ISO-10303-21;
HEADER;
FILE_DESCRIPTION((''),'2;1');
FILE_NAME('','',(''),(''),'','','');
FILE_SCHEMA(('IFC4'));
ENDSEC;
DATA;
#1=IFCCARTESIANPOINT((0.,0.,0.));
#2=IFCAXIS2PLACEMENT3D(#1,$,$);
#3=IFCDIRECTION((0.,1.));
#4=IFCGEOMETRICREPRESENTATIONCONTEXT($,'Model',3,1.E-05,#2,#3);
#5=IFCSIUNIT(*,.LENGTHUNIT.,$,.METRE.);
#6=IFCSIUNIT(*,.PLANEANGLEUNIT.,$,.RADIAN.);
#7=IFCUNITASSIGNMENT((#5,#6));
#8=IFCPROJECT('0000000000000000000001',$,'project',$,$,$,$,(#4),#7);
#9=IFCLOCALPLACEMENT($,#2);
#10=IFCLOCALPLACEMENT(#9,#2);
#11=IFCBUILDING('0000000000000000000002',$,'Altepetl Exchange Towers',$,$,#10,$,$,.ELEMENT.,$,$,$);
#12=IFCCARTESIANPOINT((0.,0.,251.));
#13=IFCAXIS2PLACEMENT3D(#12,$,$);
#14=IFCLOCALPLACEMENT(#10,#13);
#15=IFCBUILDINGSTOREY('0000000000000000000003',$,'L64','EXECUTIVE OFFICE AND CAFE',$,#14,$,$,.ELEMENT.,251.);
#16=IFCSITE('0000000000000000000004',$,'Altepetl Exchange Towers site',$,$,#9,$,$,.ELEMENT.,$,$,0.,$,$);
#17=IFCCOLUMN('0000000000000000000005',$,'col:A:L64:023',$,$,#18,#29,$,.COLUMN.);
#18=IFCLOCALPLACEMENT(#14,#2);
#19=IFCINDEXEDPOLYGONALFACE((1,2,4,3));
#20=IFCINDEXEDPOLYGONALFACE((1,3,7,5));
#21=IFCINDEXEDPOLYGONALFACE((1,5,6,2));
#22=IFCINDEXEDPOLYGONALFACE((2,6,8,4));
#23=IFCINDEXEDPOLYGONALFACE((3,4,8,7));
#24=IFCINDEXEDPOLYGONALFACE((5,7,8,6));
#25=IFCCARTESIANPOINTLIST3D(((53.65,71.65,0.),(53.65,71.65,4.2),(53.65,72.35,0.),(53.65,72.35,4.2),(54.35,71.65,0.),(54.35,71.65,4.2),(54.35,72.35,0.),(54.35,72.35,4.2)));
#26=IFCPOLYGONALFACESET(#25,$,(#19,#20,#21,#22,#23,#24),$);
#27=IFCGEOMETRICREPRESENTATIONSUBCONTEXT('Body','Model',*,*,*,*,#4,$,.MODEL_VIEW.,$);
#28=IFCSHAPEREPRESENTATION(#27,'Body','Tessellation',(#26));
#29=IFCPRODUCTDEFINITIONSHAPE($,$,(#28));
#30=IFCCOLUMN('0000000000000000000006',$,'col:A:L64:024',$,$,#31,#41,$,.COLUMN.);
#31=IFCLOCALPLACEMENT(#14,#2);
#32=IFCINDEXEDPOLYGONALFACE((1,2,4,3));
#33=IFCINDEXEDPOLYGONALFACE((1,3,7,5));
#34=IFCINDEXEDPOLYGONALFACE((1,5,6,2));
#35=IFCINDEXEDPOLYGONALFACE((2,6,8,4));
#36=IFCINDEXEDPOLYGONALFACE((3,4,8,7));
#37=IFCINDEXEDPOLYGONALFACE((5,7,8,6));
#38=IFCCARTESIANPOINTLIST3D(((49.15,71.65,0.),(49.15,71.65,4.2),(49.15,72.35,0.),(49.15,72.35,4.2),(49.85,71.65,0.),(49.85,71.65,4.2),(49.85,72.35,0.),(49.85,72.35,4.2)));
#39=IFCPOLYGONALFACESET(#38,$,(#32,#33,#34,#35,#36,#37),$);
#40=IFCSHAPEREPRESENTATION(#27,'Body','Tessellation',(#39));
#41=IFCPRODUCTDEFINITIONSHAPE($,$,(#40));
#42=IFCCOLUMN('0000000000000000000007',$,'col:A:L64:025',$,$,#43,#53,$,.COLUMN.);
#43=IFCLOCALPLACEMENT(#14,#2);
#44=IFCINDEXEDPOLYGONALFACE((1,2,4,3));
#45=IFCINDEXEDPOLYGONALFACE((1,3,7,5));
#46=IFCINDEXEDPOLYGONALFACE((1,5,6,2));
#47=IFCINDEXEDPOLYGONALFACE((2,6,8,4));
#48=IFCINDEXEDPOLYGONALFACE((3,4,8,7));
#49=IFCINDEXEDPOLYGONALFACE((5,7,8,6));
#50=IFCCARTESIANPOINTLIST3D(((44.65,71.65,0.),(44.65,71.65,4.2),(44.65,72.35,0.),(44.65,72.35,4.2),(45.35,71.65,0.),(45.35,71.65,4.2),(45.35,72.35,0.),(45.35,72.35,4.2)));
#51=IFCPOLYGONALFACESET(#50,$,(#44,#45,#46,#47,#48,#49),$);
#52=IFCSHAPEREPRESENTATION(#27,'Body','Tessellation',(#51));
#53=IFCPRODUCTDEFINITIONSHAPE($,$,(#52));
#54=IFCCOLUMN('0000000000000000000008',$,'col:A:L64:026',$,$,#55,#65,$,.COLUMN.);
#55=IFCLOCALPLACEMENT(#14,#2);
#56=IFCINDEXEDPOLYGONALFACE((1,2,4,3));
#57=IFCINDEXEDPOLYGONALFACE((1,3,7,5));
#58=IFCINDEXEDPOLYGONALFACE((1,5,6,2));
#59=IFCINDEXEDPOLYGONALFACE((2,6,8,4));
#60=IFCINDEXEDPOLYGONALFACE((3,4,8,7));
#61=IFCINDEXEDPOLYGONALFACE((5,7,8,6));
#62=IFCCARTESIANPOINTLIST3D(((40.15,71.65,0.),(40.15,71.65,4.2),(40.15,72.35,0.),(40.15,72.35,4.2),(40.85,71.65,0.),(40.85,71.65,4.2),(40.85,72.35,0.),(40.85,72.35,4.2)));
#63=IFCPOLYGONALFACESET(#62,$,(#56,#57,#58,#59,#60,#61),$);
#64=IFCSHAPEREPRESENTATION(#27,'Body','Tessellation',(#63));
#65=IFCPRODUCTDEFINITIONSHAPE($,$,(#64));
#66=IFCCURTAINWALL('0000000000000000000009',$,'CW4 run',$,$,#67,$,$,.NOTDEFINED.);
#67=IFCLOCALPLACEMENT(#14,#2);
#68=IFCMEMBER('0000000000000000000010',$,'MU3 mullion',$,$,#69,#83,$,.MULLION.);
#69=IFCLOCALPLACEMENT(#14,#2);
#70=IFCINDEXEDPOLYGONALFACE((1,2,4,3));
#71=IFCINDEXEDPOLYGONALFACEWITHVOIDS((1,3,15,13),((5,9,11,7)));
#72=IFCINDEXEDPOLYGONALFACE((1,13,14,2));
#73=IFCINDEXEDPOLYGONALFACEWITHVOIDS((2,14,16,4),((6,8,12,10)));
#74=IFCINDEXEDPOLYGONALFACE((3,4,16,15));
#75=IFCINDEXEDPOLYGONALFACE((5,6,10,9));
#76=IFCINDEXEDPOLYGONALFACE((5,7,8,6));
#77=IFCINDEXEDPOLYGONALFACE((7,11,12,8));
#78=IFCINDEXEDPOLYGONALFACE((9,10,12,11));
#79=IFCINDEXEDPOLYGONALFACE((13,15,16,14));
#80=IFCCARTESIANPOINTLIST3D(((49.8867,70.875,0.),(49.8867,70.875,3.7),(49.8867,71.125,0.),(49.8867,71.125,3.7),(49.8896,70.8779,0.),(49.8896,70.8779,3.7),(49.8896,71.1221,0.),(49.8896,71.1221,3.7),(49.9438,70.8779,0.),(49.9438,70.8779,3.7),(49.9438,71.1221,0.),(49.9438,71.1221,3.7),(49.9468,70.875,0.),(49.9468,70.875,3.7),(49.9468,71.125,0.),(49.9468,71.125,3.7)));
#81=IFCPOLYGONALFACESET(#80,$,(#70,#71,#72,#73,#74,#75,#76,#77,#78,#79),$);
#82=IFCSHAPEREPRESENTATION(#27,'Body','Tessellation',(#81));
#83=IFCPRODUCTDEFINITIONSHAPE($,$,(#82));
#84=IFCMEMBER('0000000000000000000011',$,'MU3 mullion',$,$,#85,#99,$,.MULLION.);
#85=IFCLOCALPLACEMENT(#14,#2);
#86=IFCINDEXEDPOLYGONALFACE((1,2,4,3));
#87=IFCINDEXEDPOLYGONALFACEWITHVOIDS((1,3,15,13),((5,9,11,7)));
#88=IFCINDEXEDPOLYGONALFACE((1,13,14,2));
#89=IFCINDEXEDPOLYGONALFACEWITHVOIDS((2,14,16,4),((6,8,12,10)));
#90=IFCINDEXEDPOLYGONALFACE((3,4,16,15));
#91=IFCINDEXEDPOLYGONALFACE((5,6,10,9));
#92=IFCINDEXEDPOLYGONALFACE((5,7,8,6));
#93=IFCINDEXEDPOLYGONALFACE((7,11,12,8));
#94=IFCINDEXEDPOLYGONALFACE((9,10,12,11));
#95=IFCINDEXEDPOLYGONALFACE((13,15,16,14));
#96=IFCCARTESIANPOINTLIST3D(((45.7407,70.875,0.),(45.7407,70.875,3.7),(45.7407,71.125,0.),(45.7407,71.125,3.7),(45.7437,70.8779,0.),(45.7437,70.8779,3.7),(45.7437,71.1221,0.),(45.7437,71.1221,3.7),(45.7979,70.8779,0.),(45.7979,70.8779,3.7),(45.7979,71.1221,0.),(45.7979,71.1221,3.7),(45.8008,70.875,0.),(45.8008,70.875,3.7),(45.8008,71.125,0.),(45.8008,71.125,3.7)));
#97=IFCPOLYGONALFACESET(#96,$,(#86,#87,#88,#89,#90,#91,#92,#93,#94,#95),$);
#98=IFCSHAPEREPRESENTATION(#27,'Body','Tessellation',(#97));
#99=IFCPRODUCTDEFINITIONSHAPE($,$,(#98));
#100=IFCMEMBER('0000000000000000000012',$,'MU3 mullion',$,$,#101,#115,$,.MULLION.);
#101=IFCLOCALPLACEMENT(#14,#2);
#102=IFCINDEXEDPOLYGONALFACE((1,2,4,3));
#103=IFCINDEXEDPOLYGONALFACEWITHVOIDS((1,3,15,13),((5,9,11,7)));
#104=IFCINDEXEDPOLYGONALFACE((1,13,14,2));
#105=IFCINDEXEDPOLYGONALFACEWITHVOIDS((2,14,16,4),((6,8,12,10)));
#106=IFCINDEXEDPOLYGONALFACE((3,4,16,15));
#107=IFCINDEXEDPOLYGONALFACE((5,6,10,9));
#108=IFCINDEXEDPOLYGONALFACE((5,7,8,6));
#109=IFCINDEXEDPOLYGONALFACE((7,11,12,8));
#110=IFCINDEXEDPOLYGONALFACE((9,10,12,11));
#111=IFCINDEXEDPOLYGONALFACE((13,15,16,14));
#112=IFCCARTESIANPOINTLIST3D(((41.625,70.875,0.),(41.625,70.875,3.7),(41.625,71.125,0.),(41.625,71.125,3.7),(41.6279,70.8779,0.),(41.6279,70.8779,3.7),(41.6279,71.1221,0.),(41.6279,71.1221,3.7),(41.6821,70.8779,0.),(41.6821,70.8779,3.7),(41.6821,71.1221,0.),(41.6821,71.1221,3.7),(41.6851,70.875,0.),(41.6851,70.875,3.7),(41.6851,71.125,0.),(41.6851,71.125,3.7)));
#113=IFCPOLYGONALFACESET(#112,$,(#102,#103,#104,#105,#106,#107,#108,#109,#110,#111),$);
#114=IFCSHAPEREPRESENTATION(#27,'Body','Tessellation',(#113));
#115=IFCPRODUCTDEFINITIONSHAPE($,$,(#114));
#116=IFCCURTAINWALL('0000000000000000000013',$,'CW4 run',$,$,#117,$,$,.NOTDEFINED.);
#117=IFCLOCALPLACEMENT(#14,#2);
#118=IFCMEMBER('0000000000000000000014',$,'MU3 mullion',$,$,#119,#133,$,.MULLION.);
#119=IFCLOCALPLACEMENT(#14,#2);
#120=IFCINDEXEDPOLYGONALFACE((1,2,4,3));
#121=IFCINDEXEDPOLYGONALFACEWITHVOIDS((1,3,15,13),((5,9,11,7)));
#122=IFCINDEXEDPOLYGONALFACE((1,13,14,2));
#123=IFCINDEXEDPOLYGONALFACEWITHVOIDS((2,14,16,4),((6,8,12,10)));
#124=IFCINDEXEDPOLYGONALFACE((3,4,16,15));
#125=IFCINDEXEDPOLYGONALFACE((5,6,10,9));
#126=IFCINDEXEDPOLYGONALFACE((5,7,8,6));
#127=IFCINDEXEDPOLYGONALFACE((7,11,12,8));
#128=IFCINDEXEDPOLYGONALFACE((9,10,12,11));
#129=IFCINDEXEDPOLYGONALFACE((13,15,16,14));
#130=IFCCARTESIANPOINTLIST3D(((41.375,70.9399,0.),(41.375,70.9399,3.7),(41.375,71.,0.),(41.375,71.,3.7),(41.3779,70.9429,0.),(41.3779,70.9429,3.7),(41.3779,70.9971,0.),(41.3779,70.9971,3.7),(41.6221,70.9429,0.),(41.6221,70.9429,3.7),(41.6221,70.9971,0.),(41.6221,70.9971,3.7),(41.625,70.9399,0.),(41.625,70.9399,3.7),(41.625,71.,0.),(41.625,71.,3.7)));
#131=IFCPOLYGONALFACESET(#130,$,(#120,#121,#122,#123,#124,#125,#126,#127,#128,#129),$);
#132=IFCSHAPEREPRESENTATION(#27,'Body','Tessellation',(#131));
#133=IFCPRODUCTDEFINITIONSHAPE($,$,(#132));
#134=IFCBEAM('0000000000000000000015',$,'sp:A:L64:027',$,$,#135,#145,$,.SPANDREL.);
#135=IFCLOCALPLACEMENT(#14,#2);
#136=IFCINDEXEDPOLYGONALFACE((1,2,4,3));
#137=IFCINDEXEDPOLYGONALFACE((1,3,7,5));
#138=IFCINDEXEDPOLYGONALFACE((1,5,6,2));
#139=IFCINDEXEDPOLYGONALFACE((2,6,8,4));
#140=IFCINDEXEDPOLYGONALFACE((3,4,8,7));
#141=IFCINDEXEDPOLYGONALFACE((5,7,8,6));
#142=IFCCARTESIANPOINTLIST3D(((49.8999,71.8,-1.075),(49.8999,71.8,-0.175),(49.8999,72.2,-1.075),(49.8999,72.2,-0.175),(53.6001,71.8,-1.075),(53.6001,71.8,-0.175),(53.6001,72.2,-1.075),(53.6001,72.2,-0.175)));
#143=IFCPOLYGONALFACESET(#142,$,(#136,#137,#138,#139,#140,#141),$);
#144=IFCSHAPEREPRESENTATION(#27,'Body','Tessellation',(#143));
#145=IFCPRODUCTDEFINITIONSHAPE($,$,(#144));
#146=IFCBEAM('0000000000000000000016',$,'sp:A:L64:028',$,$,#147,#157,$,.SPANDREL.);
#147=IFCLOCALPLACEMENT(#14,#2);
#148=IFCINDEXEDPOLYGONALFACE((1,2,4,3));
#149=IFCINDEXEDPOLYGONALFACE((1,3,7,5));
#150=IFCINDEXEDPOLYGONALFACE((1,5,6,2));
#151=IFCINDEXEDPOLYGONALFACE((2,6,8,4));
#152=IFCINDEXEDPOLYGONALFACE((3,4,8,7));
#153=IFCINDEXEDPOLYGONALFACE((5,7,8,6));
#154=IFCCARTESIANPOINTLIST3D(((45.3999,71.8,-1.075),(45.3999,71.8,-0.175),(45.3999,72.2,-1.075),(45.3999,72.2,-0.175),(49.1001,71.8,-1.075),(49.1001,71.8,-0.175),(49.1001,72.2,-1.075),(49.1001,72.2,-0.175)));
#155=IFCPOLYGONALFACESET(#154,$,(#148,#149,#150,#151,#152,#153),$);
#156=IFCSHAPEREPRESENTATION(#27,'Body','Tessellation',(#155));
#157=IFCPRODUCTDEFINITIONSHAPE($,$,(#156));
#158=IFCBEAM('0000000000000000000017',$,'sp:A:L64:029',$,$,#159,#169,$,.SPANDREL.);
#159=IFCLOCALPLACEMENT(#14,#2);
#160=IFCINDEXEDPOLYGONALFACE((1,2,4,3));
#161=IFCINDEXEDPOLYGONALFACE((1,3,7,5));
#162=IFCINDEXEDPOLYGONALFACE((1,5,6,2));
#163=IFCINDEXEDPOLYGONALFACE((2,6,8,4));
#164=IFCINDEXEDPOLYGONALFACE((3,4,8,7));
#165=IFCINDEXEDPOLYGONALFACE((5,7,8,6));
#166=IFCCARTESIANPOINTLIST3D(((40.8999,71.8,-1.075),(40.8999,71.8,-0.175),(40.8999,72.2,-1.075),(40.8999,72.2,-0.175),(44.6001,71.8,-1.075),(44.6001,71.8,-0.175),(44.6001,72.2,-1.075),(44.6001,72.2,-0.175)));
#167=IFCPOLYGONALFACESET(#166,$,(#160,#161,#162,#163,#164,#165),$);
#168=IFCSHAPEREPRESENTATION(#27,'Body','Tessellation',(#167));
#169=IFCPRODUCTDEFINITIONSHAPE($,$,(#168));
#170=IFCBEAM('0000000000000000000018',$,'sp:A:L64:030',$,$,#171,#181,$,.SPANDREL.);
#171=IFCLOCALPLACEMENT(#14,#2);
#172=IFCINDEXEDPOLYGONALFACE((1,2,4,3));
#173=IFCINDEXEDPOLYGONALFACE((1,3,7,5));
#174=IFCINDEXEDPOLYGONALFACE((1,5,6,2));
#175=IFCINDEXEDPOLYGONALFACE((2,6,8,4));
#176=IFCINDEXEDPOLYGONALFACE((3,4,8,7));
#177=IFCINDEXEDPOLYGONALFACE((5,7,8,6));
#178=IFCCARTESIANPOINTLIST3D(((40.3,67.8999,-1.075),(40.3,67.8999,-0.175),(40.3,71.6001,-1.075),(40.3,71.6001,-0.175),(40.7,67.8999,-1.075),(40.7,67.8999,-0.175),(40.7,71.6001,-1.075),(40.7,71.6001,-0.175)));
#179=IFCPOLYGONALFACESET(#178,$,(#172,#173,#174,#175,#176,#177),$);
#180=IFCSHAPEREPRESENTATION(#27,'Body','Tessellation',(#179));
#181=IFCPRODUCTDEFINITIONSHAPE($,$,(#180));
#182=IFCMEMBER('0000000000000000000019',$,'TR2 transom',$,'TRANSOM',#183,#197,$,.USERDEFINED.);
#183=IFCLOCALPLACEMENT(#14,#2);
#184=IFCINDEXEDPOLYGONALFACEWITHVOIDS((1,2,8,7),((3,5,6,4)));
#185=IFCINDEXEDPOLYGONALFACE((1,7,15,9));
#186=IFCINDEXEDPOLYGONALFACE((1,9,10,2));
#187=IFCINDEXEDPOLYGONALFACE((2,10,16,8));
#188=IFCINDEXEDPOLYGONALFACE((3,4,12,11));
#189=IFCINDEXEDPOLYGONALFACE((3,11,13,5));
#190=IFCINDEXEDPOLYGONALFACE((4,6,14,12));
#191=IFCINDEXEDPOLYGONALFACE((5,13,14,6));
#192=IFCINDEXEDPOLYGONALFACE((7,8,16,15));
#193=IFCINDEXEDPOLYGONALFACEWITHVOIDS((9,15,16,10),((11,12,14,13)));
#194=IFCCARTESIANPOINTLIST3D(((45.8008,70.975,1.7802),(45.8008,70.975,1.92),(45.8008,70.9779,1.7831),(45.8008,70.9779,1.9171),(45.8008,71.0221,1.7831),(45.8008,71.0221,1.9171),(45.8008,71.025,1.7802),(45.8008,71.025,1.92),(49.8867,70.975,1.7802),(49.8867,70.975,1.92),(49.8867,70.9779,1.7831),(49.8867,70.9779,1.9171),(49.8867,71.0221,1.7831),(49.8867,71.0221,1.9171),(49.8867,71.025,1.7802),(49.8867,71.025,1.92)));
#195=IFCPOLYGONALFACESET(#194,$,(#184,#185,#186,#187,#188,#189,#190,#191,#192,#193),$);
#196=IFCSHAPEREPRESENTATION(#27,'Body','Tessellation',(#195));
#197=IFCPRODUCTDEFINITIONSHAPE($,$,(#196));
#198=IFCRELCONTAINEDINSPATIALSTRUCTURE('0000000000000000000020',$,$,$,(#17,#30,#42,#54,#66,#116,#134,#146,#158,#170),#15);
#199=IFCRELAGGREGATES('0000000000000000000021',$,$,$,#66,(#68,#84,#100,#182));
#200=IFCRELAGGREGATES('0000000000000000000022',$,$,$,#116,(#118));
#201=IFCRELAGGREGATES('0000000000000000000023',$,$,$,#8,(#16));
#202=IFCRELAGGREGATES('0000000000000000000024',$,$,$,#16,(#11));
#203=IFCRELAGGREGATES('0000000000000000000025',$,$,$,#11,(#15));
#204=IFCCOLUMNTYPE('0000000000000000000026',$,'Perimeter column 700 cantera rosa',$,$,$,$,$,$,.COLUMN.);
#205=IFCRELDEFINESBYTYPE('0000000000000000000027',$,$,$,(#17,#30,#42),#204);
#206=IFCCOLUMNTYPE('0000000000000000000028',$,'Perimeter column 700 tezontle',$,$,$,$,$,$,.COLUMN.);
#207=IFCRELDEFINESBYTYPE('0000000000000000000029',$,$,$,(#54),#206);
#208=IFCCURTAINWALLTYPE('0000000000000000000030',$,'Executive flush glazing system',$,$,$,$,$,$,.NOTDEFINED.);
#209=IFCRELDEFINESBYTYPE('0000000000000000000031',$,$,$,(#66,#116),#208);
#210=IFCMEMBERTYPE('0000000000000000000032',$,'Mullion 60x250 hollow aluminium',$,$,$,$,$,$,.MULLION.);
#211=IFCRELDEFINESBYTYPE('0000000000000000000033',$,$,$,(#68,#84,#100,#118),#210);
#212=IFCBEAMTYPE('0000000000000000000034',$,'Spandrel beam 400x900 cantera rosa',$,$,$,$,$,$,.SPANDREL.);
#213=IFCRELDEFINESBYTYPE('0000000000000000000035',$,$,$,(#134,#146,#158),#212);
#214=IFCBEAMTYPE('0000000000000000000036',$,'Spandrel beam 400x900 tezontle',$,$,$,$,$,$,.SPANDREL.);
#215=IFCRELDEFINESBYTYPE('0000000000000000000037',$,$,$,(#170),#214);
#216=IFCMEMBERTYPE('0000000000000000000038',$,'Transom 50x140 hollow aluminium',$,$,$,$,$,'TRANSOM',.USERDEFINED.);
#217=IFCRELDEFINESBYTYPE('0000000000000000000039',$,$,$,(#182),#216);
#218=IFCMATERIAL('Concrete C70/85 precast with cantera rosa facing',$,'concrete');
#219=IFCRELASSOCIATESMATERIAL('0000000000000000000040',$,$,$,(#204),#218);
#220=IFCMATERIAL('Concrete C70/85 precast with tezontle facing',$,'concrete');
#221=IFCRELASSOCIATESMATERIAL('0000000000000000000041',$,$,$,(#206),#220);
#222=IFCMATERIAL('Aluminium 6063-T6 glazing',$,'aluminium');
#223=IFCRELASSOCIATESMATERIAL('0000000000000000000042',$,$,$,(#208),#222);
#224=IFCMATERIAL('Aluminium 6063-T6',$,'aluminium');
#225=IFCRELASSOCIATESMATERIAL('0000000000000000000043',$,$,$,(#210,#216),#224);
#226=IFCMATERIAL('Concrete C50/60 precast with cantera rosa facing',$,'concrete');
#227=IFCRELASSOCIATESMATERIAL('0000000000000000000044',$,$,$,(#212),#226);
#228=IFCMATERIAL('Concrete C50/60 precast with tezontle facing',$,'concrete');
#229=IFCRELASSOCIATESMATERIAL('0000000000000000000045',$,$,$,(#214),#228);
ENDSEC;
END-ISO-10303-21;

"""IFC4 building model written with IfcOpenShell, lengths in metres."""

from ifc_helpers import new_model, si_unit, direction, frame, origin, origin_2d, place, context, subcontext, project, spatial, rectangle, hollow_rectangle, extrude, material, material_profile, profile_set, type_object, element, aggregate, save


model = new_model("IFC4")

# Units and contexts
model_context = context("Model", 3, precision=1e-05, world=origin(), true_north=direction((0.0, 1.0)))
body_context = subcontext(model_context, "Body", "Model", "MODEL_VIEW")
ifc_project = project(units=[si_unit("LENGTHUNIT", "METRE"), si_unit("PLANEANGLEUNIT", "RADIAN")], contexts=[model_context])

# Site, building, storey
site_placement = place(None, origin())
site = spatial("IfcSite", under=ifc_project, at=site_placement, Name="Altepetl Exchange Towers site", CompositionType="ELEMENT", RefElevation=0.0)
building_placement = place(site_placement, origin())
building = spatial("IfcBuilding", under=site, at=building_placement, Name="Altepetl Exchange Towers", CompositionType="ELEMENT")
storey_placement = place(building_placement, frame((0.0, 0.0, 251.0)))
storey = spatial("IfcBuildingStorey", under=building, at=storey_placement, Name="L64", Description="EXECUTIVE OFFICE AND CAFE", CompositionType="ELEMENT", Elevation=251.0)

# Columns
ifc_material_1 = material(Name="Concrete C70/85 precast with cantera rosa facing", Category="concrete")
ifc_material_profile_1 = material_profile(ifc_material_1, rectangle(XDim=0.7, YDim=0.7, at=origin_2d()), Name="700 x 700")
ifc_profile_set_1 = profile_set([ifc_material_profile_1], Name="Concrete C70/85 precast with cantera rosa facing")
column_type_1 = type_object("IfcColumnType", Name="Perimeter column 700 cantera rosa", PredefinedType="COLUMN", material=ifc_profile_set_1)
for number, where, name in (
    (1, (54.0, 72.0, 0.0), "col:A:L64:023"),
    (2, (49.5, 72.0, 0.0), "col:A:L64:024"),
    (3, (45.0, 72.0, 0.0), "col:A:L64:025"),
):
    element("IfcColumn", number, at=place(storey_placement, frame(where)), inside=storey, type_object=column_type_1, Name=name, PredefinedType="COLUMN", context=body_context, shape_type="SweptSolid", body=[
        extrude(rectangle(XDim=0.7, YDim=0.7, at=origin_2d()), origin(), (0.0, 0.0, 1.0), 4.2),
    ])
ifc_material_2 = material(Name="Concrete C70/85 precast with tezontle facing", Category="concrete")
ifc_material_profile_2 = material_profile(ifc_material_2, rectangle(XDim=0.7, YDim=0.7, at=origin_2d()), Name="700 x 700")
ifc_profile_set_2 = profile_set([ifc_material_profile_2], Name="Concrete C70/85 precast with tezontle facing")
column_type_2 = type_object("IfcColumnType", Name="Perimeter column 700 tezontle", PredefinedType="COLUMN", material=ifc_profile_set_2)
column_placement = place(storey_placement, frame((40.5, 72.0, 0.0)))
element("IfcColumn", 4, at=column_placement, inside=storey, type_object=column_type_2, Name="col:A:L64:026", PredefinedType="COLUMN", context=body_context, shape_type="SweptSolid", body=[
    extrude(rectangle(XDim=0.7, YDim=0.7, at=origin_2d()), origin(), (0.0, 0.0, 1.0), 4.2),
])

# Curtain wall, members
ifc_material_3 = material(Name="Aluminium 6063-T6 glazing", Category="aluminium")
curtain_wall_type = type_object("IfcCurtainWallType", Name="Executive flush glazing system", PredefinedType="NOTDEFINED", material=ifc_material_3)
curtain_wall_1_placement = place(storey_placement, origin())
curtain_wall_1 = element("IfcCurtainWall", 5, at=curtain_wall_1_placement, inside=storey, type_object=curtain_wall_type, Name="CW4 run", PredefinedType="NOTDEFINED")
ifc_material_4 = material(Name="Aluminium 6063-T6", Category="aluminium")
ifc_material_profile_3 = material_profile(ifc_material_4, hollow_rectangle(XDim=0.0601, YDim=0.25, WallThickness=0.0029, at=origin_2d()), Name="Mullion 60x250 hollow aluminium")
ifc_profile_set_3 = profile_set([ifc_material_profile_3], Name="Aluminium 6063-T6")
member_type_1 = type_object("IfcMemberType", Name="Mullion 60x250 hollow aluminium", PredefinedType="MULLION", material=ifc_profile_set_3)
member_1_placement = place(storey_placement, frame((49.9167, 71.0, 0.0), z_axis=(0.0, 0.0, 1.0), x_axis=(-1.0, 0.0, 0.0)))
member_1 = element("IfcMember", 6, at=member_1_placement, type_object=member_type_1, Name="MU3 mullion", PredefinedType="MULLION", context=body_context, shape_type="SweptSolid", body=[
    extrude(hollow_rectangle(XDim=0.0601, YDim=0.25, WallThickness=0.0029, at=origin_2d()), origin(), (0.0, 0.0, 1.0), 3.7),
])
member_2_placement = place(storey_placement, frame((45.7708, 71.0, 0.0), z_axis=(0.0, 0.0, 1.0), x_axis=(-1.0, 0.0, 0.0)))
member_2 = element("IfcMember", 7, at=member_2_placement, type_object=member_type_1, Name="MU3 mullion", PredefinedType="MULLION", context=body_context, shape_type="SweptSolid", body=[
    extrude(hollow_rectangle(XDim=0.0601, YDim=0.25, WallThickness=0.0029, at=origin_2d()), origin(), (0.0, 0.0, 1.0), 3.7),
])
member_3_placement = place(storey_placement, frame((41.655, 71.0, 0.0), z_axis=(0.0, 0.0, 1.0), x_axis=(-1.0, 0.0, 0.0)))
member_3 = element("IfcMember", 8, at=member_3_placement, type_object=member_type_1, Name="MU3 mullion", PredefinedType="MULLION", context=body_context, shape_type="SweptSolid", body=[
    extrude(hollow_rectangle(XDim=0.0601, YDim=0.25, WallThickness=0.0029, at=origin_2d()), origin(), (0.0, 0.0, 1.0), 3.7),
])

# Curtain wall, member
curtain_wall_2_placement = place(storey_placement, origin())
curtain_wall_2 = element("IfcCurtainWall", 9, at=curtain_wall_2_placement, inside=storey, type_object=curtain_wall_type, Name="CW4 run", PredefinedType="NOTDEFINED")
member_4_placement = place(storey_placement, frame((41.5, 70.97, 0.0), z_axis=(0.0, 0.0, 1.0), x_axis=(0.0, -1.0, 0.0)))
member_4 = element("IfcMember", 10, at=member_4_placement, type_object=member_type_1, Name="MU3 mullion", PredefinedType="MULLION", context=body_context, shape_type="SweptSolid", body=[
    extrude(hollow_rectangle(XDim=0.0601, YDim=0.25, WallThickness=0.0029, at=origin_2d()), origin(), (0.0, 0.0, 1.0), 3.7),
])

# Beams
ifc_material_5 = material(Name="Concrete C50/60 precast with cantera rosa facing", Category="concrete")
ifc_material_profile_4 = material_profile(ifc_material_5, rectangle(XDim=0.3999, YDim=0.8999, at=origin_2d()), Name="400 x 900")
ifc_profile_set_4 = profile_set([ifc_material_profile_4], Name="Concrete C50/60 precast with cantera rosa facing")
beam_type_1 = type_object("IfcBeamType", Name="Spandrel beam 400x900 cantera rosa", PredefinedType="SPANDREL", material=ifc_profile_set_4)
for number, where, z_axis, x_axis, name in (
    (11, (53.6001, 72.0, -0.625), (-1.0, 0.0, 0.0), (0.0, -1.0, 0.0), "sp:A:L64:027"),
    (12, (49.1001, 72.0, -0.625), (-1.0, 0.0, 0.0), (0.0, -1.0, 0.0), "sp:A:L64:028"),
    (13, (44.6001, 72.0, -0.625), (-1.0, 0.0, 0.0), (0.0, -1.0, 0.0), "sp:A:L64:029"),
):
    element("IfcBeam", number, at=place(storey_placement, frame(where, z_axis=z_axis, x_axis=x_axis)), inside=storey, type_object=beam_type_1, Name=name, PredefinedType="SPANDREL", context=body_context, shape_type="SweptSolid", body=[
        extrude(rectangle(XDim=0.3999, YDim=0.8999, at=origin_2d()), origin(), (0.0, 0.0, 1.0), 3.7002),
    ])
ifc_material_6 = material(Name="Concrete C50/60 precast with tezontle facing", Category="concrete")
ifc_material_profile_5 = material_profile(ifc_material_6, rectangle(XDim=0.3999, YDim=0.8999, at=origin_2d()), Name="400 x 900")
ifc_profile_set_5 = profile_set([ifc_material_profile_5], Name="Concrete C50/60 precast with tezontle facing")
beam_type_2 = type_object("IfcBeamType", Name="Spandrel beam 400x900 tezontle", PredefinedType="SPANDREL", material=ifc_profile_set_5)
beam_placement = place(storey_placement, frame((40.5, 71.6001, -0.625), z_axis=(0.0, -1.0, 0.0), x_axis=(1.0, 0.0, 0.0)))
element("IfcBeam", 14, at=beam_placement, inside=storey, type_object=beam_type_2, Name="sp:A:L64:030", PredefinedType="SPANDREL", context=body_context, shape_type="SweptSolid", body=[
    extrude(rectangle(XDim=0.3999, YDim=0.8999, at=origin_2d()), origin(), (0.0, 0.0, 1.0), 3.7002),
])

# Member
ifc_material_profile_6 = material_profile(ifc_material_4, hollow_rectangle(XDim=0.05, YDim=0.1399, WallThickness=0.0029, at=origin_2d()), Name="Transom 50x140 hollow aluminium")
ifc_profile_set_6 = profile_set([ifc_material_profile_6], Name="Aluminium 6063-T6")
member_type_2 = type_object("IfcMemberType", Name="Transom 50x140 hollow aluminium", ElementType="TRANSOM", PredefinedType="USERDEFINED", material=ifc_profile_set_6)
member_5_placement = place(storey_placement, frame((49.8867, 71.0, 1.8501), z_axis=(-1.0, 0.0, 0.0), x_axis=(0.0, -1.0, 0.0)))
member_5 = element("IfcMember", 15, at=member_5_placement, type_object=member_type_2, Name="TR2 transom", ObjectType="TRANSOM", PredefinedType="USERDEFINED", context=body_context, shape_type="SweptSolid", body=[
    extrude(hollow_rectangle(XDim=0.05, YDim=0.1399, WallThickness=0.0029, at=origin_2d()), origin(), (0.0, 0.0, 1.0), 4.0859),
])

aggregate(curtain_wall_1, [member_1, member_2, member_3, member_5])
aggregate(curtain_wall_2, [member_4])

save(model, "model.ifc")
